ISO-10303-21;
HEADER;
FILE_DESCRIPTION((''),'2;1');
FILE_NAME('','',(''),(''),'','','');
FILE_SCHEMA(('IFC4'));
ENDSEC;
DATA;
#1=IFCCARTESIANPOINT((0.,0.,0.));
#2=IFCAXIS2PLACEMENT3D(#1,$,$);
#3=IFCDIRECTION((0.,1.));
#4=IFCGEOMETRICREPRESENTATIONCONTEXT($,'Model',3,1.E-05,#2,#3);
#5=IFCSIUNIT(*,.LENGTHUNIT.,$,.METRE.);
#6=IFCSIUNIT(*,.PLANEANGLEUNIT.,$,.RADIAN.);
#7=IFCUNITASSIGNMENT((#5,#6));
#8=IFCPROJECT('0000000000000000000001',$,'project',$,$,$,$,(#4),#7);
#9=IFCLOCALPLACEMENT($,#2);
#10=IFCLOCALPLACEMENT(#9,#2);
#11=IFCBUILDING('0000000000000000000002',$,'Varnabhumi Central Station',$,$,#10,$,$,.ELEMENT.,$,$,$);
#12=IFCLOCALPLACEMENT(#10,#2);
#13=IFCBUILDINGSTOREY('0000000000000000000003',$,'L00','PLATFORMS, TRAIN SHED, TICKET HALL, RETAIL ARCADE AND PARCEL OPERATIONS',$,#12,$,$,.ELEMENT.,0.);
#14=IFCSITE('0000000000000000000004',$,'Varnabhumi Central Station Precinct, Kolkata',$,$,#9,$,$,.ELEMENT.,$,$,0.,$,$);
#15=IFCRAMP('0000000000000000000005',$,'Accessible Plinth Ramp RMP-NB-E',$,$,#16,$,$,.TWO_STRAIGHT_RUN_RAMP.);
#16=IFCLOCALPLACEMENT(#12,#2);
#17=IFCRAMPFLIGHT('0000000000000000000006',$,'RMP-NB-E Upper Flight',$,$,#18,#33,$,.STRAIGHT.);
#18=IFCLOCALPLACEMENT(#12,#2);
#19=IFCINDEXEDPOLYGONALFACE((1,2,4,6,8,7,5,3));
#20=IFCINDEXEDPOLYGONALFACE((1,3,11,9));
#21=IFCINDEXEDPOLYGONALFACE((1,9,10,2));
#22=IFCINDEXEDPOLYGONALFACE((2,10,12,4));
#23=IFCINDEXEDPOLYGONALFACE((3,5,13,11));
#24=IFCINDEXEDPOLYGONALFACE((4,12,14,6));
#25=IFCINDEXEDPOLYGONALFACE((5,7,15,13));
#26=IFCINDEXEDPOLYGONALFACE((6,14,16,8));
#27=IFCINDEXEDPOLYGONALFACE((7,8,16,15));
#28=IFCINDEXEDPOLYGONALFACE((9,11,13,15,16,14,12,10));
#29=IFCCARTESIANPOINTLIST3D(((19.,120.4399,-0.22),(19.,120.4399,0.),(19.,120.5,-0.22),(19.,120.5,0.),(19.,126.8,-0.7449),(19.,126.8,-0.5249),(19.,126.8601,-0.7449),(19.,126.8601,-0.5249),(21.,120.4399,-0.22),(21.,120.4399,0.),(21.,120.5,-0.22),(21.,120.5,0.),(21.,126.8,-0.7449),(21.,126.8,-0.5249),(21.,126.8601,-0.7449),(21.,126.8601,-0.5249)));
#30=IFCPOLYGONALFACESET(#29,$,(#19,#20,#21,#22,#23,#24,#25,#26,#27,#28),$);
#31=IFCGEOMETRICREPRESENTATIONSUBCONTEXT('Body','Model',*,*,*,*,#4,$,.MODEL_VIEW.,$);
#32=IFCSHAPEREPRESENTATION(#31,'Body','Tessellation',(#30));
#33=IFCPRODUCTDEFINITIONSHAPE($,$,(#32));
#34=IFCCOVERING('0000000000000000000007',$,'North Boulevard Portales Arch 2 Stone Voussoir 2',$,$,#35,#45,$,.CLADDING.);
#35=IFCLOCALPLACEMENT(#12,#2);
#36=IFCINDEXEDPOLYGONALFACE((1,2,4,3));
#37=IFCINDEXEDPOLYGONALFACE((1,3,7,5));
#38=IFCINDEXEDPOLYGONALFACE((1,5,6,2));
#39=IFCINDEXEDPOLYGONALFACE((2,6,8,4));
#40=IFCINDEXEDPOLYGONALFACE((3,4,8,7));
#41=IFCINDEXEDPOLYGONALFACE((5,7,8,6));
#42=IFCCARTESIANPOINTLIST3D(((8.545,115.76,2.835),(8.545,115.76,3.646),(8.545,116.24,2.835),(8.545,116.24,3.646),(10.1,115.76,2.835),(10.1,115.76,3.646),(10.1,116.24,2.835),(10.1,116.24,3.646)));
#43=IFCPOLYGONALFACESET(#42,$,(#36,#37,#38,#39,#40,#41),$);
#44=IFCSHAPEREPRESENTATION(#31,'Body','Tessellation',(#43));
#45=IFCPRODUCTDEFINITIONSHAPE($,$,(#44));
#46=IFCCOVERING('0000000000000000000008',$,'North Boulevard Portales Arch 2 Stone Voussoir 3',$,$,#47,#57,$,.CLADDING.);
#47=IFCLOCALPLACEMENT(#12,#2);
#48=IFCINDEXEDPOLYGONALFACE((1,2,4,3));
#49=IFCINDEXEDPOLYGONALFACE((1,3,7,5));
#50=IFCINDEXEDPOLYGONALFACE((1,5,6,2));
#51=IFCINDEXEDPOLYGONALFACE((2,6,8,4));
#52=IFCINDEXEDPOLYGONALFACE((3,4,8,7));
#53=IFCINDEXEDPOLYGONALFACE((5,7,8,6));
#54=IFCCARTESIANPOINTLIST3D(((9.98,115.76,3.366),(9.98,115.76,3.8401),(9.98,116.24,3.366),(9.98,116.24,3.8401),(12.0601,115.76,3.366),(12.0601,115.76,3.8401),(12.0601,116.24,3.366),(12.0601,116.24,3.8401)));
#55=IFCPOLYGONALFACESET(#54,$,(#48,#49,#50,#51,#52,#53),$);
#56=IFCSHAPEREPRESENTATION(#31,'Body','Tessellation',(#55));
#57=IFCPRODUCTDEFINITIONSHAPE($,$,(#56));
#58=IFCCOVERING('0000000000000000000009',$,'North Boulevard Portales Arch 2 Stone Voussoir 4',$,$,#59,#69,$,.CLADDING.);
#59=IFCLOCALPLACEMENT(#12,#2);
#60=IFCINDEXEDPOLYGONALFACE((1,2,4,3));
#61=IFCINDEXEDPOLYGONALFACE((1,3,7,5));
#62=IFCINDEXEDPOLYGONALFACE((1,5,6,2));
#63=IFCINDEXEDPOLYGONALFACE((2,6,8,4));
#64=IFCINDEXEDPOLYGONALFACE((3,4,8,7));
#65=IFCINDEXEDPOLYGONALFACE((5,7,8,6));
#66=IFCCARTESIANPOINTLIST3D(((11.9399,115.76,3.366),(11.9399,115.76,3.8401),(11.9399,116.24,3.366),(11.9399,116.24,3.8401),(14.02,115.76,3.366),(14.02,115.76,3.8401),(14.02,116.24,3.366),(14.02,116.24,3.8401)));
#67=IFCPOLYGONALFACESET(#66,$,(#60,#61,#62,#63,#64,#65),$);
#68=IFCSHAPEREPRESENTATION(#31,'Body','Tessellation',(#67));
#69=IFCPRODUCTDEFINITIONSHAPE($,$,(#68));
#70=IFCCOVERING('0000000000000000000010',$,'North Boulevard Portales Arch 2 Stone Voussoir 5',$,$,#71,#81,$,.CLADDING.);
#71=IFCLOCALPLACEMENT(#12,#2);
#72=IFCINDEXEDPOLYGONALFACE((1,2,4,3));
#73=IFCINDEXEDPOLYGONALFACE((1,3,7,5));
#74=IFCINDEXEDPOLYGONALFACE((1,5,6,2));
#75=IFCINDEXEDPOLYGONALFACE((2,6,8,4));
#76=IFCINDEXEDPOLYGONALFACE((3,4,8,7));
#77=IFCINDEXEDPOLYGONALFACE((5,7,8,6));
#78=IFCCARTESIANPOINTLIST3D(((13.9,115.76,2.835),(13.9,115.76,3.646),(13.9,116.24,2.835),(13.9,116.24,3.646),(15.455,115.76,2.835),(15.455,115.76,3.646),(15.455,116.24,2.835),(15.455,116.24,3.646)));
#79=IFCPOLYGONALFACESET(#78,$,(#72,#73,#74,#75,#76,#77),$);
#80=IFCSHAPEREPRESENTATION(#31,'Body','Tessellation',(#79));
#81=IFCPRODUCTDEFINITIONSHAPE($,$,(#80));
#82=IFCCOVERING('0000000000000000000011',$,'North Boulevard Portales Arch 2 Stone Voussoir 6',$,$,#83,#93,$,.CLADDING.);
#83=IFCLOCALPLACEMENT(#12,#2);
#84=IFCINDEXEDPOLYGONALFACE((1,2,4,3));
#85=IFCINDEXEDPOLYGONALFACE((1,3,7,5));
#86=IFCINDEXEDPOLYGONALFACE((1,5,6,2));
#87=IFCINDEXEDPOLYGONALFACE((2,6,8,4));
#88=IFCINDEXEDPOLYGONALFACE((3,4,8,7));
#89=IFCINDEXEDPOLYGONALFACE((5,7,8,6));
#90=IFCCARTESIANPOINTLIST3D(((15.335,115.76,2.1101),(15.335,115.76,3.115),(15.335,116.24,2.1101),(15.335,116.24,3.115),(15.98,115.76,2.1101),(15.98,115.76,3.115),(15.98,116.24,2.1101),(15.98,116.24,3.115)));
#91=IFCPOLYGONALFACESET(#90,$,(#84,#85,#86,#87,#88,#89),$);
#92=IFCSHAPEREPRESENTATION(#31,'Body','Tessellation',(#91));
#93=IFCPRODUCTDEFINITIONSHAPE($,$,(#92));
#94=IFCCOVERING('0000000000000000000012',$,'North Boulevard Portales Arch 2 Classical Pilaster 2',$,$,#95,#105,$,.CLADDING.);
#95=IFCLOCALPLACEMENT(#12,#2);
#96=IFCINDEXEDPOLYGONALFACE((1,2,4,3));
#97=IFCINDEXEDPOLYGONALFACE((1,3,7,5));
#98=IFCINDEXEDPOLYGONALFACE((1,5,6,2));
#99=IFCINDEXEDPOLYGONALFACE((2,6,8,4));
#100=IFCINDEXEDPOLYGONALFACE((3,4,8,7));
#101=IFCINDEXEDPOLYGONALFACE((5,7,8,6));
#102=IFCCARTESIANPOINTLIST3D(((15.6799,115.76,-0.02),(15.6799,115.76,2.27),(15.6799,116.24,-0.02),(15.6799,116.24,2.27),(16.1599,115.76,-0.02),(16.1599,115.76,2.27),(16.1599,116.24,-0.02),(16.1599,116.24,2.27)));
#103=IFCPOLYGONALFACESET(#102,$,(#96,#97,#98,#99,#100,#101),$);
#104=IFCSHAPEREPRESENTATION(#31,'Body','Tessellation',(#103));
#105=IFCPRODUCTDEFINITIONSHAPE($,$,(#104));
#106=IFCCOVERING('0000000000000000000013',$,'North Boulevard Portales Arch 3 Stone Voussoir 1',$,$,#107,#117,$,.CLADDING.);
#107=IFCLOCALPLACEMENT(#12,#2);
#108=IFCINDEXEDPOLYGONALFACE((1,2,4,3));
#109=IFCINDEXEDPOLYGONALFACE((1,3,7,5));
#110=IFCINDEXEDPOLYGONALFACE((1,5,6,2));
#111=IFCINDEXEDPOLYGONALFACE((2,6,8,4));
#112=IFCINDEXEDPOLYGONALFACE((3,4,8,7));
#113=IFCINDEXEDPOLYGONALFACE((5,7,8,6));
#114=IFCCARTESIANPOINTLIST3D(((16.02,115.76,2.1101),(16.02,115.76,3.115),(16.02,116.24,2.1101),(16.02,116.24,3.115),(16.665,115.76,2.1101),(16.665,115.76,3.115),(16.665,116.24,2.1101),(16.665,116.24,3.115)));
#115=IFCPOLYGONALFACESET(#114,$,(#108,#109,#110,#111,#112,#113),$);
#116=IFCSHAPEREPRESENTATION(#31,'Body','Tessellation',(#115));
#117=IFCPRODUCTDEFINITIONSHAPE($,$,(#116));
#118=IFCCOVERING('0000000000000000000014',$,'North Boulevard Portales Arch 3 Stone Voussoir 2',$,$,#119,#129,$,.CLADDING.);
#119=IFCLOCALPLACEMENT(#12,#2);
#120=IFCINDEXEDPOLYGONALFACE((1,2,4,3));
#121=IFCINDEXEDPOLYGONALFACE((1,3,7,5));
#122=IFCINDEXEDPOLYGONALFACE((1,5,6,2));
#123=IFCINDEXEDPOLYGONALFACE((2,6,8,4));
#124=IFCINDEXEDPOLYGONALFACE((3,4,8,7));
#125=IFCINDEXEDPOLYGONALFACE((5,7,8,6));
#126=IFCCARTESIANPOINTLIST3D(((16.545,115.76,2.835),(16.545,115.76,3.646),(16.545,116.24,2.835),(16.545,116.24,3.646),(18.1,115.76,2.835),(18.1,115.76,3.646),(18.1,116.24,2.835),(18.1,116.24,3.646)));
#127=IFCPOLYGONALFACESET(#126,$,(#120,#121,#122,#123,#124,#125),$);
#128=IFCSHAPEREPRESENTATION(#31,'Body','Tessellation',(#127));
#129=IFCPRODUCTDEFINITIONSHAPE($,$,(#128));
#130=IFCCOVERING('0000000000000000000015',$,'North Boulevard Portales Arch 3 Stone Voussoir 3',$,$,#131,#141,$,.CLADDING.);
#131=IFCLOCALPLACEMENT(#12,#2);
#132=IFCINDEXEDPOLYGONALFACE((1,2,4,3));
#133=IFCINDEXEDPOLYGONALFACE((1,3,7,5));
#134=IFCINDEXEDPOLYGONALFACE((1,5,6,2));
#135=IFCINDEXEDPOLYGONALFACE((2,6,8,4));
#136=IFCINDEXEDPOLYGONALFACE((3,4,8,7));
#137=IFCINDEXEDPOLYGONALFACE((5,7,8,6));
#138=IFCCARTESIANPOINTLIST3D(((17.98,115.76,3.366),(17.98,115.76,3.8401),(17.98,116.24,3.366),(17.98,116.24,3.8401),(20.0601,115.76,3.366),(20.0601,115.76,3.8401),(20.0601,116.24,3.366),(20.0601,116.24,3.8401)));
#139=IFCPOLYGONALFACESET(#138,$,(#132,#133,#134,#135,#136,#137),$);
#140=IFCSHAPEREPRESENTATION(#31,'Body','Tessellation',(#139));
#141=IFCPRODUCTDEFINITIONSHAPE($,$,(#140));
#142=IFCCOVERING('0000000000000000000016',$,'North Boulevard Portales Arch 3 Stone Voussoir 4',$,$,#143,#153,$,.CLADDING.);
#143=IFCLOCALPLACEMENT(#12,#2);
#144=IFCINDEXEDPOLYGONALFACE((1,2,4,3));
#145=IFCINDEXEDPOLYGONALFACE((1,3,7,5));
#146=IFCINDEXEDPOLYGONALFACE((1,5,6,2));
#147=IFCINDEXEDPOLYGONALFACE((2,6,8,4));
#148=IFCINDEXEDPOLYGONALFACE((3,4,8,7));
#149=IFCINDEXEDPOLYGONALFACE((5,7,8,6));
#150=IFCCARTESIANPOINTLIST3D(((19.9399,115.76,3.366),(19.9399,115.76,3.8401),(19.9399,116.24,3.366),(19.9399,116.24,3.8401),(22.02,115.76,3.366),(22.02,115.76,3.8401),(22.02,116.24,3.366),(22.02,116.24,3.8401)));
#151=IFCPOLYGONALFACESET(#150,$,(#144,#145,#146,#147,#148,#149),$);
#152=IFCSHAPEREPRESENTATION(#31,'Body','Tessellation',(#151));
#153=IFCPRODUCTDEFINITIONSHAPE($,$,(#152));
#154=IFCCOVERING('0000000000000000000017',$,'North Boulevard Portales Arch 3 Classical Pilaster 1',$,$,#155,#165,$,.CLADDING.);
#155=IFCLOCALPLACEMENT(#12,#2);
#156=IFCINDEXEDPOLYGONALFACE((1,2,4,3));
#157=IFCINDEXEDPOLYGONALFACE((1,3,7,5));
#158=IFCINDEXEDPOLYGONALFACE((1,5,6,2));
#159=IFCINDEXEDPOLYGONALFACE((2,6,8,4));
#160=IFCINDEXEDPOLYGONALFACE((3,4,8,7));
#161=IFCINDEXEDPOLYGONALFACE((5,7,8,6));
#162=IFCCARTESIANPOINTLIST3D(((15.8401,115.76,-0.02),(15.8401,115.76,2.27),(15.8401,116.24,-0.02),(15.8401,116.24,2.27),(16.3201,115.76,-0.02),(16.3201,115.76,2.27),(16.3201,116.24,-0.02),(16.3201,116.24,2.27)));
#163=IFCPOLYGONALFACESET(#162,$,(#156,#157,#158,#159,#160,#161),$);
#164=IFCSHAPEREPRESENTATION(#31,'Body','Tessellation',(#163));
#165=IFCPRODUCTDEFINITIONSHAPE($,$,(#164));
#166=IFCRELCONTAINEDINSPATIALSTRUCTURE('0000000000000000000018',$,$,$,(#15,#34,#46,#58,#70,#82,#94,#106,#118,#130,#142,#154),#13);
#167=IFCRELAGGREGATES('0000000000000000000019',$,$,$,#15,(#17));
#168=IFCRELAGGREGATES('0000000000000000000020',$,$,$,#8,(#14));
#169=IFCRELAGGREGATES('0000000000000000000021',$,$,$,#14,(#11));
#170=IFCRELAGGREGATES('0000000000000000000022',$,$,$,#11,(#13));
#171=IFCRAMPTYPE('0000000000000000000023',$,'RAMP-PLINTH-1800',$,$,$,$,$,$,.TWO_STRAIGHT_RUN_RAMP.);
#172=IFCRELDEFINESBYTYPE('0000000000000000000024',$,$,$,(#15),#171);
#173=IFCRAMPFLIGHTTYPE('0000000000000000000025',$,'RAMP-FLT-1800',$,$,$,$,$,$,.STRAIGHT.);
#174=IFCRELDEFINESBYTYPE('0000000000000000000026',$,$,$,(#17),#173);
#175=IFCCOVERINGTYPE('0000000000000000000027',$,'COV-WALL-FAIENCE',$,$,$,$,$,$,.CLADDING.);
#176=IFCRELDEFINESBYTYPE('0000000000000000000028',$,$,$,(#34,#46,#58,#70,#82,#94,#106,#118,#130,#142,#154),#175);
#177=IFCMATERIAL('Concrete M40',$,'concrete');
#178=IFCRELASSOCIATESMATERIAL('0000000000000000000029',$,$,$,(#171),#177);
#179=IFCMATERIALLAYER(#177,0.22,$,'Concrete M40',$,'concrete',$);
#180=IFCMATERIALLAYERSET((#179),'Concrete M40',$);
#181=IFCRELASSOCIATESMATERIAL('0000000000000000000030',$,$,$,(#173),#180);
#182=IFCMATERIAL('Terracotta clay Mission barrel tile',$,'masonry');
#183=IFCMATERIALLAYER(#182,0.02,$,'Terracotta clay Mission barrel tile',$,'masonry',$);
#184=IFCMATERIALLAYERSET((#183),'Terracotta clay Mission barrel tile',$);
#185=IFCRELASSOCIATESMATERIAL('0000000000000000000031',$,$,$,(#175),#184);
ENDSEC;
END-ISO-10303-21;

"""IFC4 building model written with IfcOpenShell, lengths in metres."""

from ifc_helpers import new_model, si_unit, direction, frame, origin, origin_2d, place, context, subcontext, project, spatial, polyline, rectangle, outline, extrude, material, layer, layer_set, type_object, element, aggregate, save


model = new_model("IFC4")

# Units and contexts
model_context = context("Model", 3, precision=1e-05, world=origin(), true_north=direction((0.0, 1.0)))
body_context = subcontext(model_context, "Body", "Model", "MODEL_VIEW")
ifc_project = project(units=[si_unit("LENGTHUNIT", "METRE"), si_unit("PLANEANGLEUNIT", "RADIAN")], contexts=[model_context])

# Site, building, storey
site_placement = place(None, origin())
site = spatial("IfcSite", under=ifc_project, at=site_placement, Name="Varnabhumi Central Station Precinct, Kolkata", CompositionType="ELEMENT", RefElevation=0.0)
building_placement = place(site_placement, origin())
building = spatial("IfcBuilding", under=site, at=building_placement, Name="Varnabhumi Central Station", CompositionType="ELEMENT")
storey_placement = place(building_placement, origin())
storey = spatial("IfcBuildingStorey", under=building, at=storey_placement, Name="L00", Description="PLATFORMS, TRAIN SHED, TICKET HALL, RETAIL ARCADE AND PARCEL OPERATIONS", CompositionType="ELEMENT", Elevation=0.0)

# Shared definitions
ifc_material_1 = material(Name="Concrete M40", Category="concrete")

# Ramp, ramp flight
ramp_type = type_object("IfcRampType", Name="RAMP-PLINTH-1800", PredefinedType="TWO_STRAIGHT_RUN_RAMP", material=ifc_material_1)
ramp_placement = place(storey_placement, origin())
ramp = element("IfcRamp", 1, at=ramp_placement, inside=storey, type_object=ramp_type, Name="Accessible Plinth Ramp RMP-NB-E", PredefinedType="TWO_STRAIGHT_RUN_RAMP")
ifc_layer_1 = layer(ifc_material_1, 0.22, Name="Concrete M40", Category="concrete")
ifc_layer_set_1 = layer_set([ifc_layer_1], Name="Concrete M40")
ramp_flight_type = type_object("IfcRampFlightType", Name="RAMP-FLT-1800", PredefinedType="STRAIGHT", material=ifc_layer_set_1)
ramp_flight_1_placement = place(storey_placement, frame((20.0, 126.8, -0.5249), z_axis=(0.0, 0.0, 1.0), x_axis=(0.0, -1.0, 0.0)))
ramp_flight_1 = element("IfcRampFlight", 2, at=ramp_flight_1_placement, type_object=ramp_flight_type, Name="RMP-NB-E Upper Flight", PredefinedType="STRAIGHT", context=body_context, shape_type="SweptSolid", body=[
    extrude(outline(polyline([(-0.0601, 0.0), (0.0, 0.0), (6.3, 0.5249), (6.3601, 0.5249), (6.3601, 0.3049), (6.3, 0.3049), (0.0, -0.22), (-0.0601, -0.22), (-0.0601, 0.0)])), frame((0.0, 1.0, 0.0), z_axis=(0.0, -1.0, 0.0), x_axis=(1.0, 0.0, 0.0)), (0.0, 0.0, 1.0), 2.0),
])
aggregate(ramp, [ramp_flight_1])

# Coverings
ifc_material_2 = material(Name="Terracotta clay Mission barrel tile", Category="masonry")
ifc_layer_2 = layer(ifc_material_2, 0.02, Name="Terracotta clay Mission barrel tile", Category="masonry")
ifc_layer_set_2 = layer_set([ifc_layer_2], Name="Terracotta clay Mission barrel tile")
covering_type = type_object("IfcCoveringType", Name="COV-WALL-FAIENCE", PredefinedType="CLADDING", material=ifc_layer_set_2)
covering_1_placement = place(storey_placement, frame((9.3225, 116.0, 2.835), z_axis=(0.0, 0.0, 1.0), x_axis=(1.0, 0.0, 0.0)))
element("IfcCovering", 3, at=covering_1_placement, inside=storey, type_object=covering_type, Name="North Boulevard Portales Arch 2 Stone Voussoir 2", PredefinedType="CLADDING", context=body_context, shape_type="SweptSolid", body=[
    extrude(rectangle(XDim=1.5549, YDim=0.48, at=origin_2d()), origin(), (0.0, 0.0, 1.0), 0.811),
])
for number, where, z_axis, x_axis, name in (
    (4, (11.02, 116.0, 3.366), (0.0, 0.0, 1.0), (1.0, 0.0, 0.0), "North Boulevard Portales Arch 2 Stone Voussoir 3"),
    (5, (12.98, 116.0, 3.366), (0.0, 0.0, 1.0), (1.0, 0.0, 0.0), "North Boulevard Portales Arch 2 Stone Voussoir 4"),
):
    element("IfcCovering", number, at=place(storey_placement, frame(where, z_axis=z_axis, x_axis=x_axis)), inside=storey, type_object=covering_type, Name=name, PredefinedType="CLADDING", context=body_context, shape_type="SweptSolid", body=[
        extrude(rectangle(XDim=2.0801, YDim=0.48, at=origin_2d()), origin(), (0.0, 0.0, 1.0), 0.4741),
    ])
covering_2_placement = place(storey_placement, frame((14.6775, 116.0, 2.835), z_axis=(0.0, 0.0, 1.0), x_axis=(1.0, 0.0, 0.0)))
element("IfcCovering", 6, at=covering_2_placement, inside=storey, type_object=covering_type, Name="North Boulevard Portales Arch 2 Stone Voussoir 5", PredefinedType="CLADDING", context=body_context, shape_type="SweptSolid", body=[
    extrude(rectangle(XDim=1.5549, YDim=0.48, at=origin_2d()), origin(), (0.0, 0.0, 1.0), 0.811),
])
covering_3_placement = place(storey_placement, frame((15.6575, 116.0, 2.1101), z_axis=(0.0, 0.0, 1.0), x_axis=(1.0, 0.0, 0.0)))
element("IfcCovering", 7, at=covering_3_placement, inside=storey, type_object=covering_type, Name="North Boulevard Portales Arch 2 Stone Voussoir 6", PredefinedType="CLADDING", context=body_context, shape_type="SweptSolid", body=[
    extrude(rectangle(XDim=0.645, YDim=0.48, at=origin_2d()), origin(), (0.0, 0.0, 1.0), 1.0049),
])
covering_4_placement = place(storey_placement, frame((15.9199, 116.0, -0.02), z_axis=(0.0, 0.0, 1.0), x_axis=(1.0, 0.0, 0.0)))
element("IfcCovering", 8, at=covering_4_placement, inside=storey, type_object=covering_type, Name="North Boulevard Portales Arch 2 Classical Pilaster 2", PredefinedType="CLADDING", context=body_context, shape_type="SweptSolid", body=[
    extrude(rectangle(XDim=0.48, YDim=0.48, at=origin_2d()), origin(), (0.0, 0.0, 1.0), 2.29),
])
covering_5_placement = place(storey_placement, frame((16.3425, 116.0, 2.1101), z_axis=(0.0, 0.0, 1.0), x_axis=(1.0, 0.0, 0.0)))
element("IfcCovering", 9, at=covering_5_placement, inside=storey, type_object=covering_type, Name="North Boulevard Portales Arch 3 Stone Voussoir 1", PredefinedType="CLADDING", context=body_context, shape_type="SweptSolid", body=[
    extrude(rectangle(XDim=0.645, YDim=0.48, at=origin_2d()), origin(), (0.0, 0.0, 1.0), 1.0049),
])
covering_6_placement = place(storey_placement, frame((17.3225, 116.0, 2.835), z_axis=(0.0, 0.0, 1.0), x_axis=(1.0, 0.0, 0.0)))
element("IfcCovering", 10, at=covering_6_placement, inside=storey, type_object=covering_type, Name="North Boulevard Portales Arch 3 Stone Voussoir 2", PredefinedType="CLADDING", context=body_context, shape_type="SweptSolid", body=[
    extrude(rectangle(XDim=1.5549, YDim=0.48, at=origin_2d()), origin(), (0.0, 0.0, 1.0), 0.811),
])
for number, where, z_axis, x_axis, name in (
    (11, (19.02, 116.0, 3.366), (0.0, 0.0, 1.0), (1.0, 0.0, 0.0), "North Boulevard Portales Arch 3 Stone Voussoir 3"),
    (12, (20.98, 116.0, 3.366), (0.0, 0.0, 1.0), (1.0, 0.0, 0.0), "North Boulevard Portales Arch 3 Stone Voussoir 4"),
):
    element("IfcCovering", number, at=place(storey_placement, frame(where, z_axis=z_axis, x_axis=x_axis)), inside=storey, type_object=covering_type, Name=name, PredefinedType="CLADDING", context=body_context, shape_type="SweptSolid", body=[
        extrude(rectangle(XDim=2.0801, YDim=0.48, at=origin_2d()), origin(), (0.0, 0.0, 1.0), 0.4741),
    ])
covering_7_placement = place(storey_placement, frame((16.0801, 116.0, -0.02), z_axis=(0.0, 0.0, 1.0), x_axis=(1.0, 0.0, 0.0)))
element("IfcCovering", 13, at=covering_7_placement, inside=storey, type_object=covering_type, Name="North Boulevard Portales Arch 3 Classical Pilaster 1", PredefinedType="CLADDING", context=body_context, shape_type="SweptSolid", body=[
    extrude(rectangle(XDim=0.48, YDim=0.48, at=origin_2d()), origin(), (0.0, 0.0, 1.0), 2.29),
])

save(model, "model.ifc")
